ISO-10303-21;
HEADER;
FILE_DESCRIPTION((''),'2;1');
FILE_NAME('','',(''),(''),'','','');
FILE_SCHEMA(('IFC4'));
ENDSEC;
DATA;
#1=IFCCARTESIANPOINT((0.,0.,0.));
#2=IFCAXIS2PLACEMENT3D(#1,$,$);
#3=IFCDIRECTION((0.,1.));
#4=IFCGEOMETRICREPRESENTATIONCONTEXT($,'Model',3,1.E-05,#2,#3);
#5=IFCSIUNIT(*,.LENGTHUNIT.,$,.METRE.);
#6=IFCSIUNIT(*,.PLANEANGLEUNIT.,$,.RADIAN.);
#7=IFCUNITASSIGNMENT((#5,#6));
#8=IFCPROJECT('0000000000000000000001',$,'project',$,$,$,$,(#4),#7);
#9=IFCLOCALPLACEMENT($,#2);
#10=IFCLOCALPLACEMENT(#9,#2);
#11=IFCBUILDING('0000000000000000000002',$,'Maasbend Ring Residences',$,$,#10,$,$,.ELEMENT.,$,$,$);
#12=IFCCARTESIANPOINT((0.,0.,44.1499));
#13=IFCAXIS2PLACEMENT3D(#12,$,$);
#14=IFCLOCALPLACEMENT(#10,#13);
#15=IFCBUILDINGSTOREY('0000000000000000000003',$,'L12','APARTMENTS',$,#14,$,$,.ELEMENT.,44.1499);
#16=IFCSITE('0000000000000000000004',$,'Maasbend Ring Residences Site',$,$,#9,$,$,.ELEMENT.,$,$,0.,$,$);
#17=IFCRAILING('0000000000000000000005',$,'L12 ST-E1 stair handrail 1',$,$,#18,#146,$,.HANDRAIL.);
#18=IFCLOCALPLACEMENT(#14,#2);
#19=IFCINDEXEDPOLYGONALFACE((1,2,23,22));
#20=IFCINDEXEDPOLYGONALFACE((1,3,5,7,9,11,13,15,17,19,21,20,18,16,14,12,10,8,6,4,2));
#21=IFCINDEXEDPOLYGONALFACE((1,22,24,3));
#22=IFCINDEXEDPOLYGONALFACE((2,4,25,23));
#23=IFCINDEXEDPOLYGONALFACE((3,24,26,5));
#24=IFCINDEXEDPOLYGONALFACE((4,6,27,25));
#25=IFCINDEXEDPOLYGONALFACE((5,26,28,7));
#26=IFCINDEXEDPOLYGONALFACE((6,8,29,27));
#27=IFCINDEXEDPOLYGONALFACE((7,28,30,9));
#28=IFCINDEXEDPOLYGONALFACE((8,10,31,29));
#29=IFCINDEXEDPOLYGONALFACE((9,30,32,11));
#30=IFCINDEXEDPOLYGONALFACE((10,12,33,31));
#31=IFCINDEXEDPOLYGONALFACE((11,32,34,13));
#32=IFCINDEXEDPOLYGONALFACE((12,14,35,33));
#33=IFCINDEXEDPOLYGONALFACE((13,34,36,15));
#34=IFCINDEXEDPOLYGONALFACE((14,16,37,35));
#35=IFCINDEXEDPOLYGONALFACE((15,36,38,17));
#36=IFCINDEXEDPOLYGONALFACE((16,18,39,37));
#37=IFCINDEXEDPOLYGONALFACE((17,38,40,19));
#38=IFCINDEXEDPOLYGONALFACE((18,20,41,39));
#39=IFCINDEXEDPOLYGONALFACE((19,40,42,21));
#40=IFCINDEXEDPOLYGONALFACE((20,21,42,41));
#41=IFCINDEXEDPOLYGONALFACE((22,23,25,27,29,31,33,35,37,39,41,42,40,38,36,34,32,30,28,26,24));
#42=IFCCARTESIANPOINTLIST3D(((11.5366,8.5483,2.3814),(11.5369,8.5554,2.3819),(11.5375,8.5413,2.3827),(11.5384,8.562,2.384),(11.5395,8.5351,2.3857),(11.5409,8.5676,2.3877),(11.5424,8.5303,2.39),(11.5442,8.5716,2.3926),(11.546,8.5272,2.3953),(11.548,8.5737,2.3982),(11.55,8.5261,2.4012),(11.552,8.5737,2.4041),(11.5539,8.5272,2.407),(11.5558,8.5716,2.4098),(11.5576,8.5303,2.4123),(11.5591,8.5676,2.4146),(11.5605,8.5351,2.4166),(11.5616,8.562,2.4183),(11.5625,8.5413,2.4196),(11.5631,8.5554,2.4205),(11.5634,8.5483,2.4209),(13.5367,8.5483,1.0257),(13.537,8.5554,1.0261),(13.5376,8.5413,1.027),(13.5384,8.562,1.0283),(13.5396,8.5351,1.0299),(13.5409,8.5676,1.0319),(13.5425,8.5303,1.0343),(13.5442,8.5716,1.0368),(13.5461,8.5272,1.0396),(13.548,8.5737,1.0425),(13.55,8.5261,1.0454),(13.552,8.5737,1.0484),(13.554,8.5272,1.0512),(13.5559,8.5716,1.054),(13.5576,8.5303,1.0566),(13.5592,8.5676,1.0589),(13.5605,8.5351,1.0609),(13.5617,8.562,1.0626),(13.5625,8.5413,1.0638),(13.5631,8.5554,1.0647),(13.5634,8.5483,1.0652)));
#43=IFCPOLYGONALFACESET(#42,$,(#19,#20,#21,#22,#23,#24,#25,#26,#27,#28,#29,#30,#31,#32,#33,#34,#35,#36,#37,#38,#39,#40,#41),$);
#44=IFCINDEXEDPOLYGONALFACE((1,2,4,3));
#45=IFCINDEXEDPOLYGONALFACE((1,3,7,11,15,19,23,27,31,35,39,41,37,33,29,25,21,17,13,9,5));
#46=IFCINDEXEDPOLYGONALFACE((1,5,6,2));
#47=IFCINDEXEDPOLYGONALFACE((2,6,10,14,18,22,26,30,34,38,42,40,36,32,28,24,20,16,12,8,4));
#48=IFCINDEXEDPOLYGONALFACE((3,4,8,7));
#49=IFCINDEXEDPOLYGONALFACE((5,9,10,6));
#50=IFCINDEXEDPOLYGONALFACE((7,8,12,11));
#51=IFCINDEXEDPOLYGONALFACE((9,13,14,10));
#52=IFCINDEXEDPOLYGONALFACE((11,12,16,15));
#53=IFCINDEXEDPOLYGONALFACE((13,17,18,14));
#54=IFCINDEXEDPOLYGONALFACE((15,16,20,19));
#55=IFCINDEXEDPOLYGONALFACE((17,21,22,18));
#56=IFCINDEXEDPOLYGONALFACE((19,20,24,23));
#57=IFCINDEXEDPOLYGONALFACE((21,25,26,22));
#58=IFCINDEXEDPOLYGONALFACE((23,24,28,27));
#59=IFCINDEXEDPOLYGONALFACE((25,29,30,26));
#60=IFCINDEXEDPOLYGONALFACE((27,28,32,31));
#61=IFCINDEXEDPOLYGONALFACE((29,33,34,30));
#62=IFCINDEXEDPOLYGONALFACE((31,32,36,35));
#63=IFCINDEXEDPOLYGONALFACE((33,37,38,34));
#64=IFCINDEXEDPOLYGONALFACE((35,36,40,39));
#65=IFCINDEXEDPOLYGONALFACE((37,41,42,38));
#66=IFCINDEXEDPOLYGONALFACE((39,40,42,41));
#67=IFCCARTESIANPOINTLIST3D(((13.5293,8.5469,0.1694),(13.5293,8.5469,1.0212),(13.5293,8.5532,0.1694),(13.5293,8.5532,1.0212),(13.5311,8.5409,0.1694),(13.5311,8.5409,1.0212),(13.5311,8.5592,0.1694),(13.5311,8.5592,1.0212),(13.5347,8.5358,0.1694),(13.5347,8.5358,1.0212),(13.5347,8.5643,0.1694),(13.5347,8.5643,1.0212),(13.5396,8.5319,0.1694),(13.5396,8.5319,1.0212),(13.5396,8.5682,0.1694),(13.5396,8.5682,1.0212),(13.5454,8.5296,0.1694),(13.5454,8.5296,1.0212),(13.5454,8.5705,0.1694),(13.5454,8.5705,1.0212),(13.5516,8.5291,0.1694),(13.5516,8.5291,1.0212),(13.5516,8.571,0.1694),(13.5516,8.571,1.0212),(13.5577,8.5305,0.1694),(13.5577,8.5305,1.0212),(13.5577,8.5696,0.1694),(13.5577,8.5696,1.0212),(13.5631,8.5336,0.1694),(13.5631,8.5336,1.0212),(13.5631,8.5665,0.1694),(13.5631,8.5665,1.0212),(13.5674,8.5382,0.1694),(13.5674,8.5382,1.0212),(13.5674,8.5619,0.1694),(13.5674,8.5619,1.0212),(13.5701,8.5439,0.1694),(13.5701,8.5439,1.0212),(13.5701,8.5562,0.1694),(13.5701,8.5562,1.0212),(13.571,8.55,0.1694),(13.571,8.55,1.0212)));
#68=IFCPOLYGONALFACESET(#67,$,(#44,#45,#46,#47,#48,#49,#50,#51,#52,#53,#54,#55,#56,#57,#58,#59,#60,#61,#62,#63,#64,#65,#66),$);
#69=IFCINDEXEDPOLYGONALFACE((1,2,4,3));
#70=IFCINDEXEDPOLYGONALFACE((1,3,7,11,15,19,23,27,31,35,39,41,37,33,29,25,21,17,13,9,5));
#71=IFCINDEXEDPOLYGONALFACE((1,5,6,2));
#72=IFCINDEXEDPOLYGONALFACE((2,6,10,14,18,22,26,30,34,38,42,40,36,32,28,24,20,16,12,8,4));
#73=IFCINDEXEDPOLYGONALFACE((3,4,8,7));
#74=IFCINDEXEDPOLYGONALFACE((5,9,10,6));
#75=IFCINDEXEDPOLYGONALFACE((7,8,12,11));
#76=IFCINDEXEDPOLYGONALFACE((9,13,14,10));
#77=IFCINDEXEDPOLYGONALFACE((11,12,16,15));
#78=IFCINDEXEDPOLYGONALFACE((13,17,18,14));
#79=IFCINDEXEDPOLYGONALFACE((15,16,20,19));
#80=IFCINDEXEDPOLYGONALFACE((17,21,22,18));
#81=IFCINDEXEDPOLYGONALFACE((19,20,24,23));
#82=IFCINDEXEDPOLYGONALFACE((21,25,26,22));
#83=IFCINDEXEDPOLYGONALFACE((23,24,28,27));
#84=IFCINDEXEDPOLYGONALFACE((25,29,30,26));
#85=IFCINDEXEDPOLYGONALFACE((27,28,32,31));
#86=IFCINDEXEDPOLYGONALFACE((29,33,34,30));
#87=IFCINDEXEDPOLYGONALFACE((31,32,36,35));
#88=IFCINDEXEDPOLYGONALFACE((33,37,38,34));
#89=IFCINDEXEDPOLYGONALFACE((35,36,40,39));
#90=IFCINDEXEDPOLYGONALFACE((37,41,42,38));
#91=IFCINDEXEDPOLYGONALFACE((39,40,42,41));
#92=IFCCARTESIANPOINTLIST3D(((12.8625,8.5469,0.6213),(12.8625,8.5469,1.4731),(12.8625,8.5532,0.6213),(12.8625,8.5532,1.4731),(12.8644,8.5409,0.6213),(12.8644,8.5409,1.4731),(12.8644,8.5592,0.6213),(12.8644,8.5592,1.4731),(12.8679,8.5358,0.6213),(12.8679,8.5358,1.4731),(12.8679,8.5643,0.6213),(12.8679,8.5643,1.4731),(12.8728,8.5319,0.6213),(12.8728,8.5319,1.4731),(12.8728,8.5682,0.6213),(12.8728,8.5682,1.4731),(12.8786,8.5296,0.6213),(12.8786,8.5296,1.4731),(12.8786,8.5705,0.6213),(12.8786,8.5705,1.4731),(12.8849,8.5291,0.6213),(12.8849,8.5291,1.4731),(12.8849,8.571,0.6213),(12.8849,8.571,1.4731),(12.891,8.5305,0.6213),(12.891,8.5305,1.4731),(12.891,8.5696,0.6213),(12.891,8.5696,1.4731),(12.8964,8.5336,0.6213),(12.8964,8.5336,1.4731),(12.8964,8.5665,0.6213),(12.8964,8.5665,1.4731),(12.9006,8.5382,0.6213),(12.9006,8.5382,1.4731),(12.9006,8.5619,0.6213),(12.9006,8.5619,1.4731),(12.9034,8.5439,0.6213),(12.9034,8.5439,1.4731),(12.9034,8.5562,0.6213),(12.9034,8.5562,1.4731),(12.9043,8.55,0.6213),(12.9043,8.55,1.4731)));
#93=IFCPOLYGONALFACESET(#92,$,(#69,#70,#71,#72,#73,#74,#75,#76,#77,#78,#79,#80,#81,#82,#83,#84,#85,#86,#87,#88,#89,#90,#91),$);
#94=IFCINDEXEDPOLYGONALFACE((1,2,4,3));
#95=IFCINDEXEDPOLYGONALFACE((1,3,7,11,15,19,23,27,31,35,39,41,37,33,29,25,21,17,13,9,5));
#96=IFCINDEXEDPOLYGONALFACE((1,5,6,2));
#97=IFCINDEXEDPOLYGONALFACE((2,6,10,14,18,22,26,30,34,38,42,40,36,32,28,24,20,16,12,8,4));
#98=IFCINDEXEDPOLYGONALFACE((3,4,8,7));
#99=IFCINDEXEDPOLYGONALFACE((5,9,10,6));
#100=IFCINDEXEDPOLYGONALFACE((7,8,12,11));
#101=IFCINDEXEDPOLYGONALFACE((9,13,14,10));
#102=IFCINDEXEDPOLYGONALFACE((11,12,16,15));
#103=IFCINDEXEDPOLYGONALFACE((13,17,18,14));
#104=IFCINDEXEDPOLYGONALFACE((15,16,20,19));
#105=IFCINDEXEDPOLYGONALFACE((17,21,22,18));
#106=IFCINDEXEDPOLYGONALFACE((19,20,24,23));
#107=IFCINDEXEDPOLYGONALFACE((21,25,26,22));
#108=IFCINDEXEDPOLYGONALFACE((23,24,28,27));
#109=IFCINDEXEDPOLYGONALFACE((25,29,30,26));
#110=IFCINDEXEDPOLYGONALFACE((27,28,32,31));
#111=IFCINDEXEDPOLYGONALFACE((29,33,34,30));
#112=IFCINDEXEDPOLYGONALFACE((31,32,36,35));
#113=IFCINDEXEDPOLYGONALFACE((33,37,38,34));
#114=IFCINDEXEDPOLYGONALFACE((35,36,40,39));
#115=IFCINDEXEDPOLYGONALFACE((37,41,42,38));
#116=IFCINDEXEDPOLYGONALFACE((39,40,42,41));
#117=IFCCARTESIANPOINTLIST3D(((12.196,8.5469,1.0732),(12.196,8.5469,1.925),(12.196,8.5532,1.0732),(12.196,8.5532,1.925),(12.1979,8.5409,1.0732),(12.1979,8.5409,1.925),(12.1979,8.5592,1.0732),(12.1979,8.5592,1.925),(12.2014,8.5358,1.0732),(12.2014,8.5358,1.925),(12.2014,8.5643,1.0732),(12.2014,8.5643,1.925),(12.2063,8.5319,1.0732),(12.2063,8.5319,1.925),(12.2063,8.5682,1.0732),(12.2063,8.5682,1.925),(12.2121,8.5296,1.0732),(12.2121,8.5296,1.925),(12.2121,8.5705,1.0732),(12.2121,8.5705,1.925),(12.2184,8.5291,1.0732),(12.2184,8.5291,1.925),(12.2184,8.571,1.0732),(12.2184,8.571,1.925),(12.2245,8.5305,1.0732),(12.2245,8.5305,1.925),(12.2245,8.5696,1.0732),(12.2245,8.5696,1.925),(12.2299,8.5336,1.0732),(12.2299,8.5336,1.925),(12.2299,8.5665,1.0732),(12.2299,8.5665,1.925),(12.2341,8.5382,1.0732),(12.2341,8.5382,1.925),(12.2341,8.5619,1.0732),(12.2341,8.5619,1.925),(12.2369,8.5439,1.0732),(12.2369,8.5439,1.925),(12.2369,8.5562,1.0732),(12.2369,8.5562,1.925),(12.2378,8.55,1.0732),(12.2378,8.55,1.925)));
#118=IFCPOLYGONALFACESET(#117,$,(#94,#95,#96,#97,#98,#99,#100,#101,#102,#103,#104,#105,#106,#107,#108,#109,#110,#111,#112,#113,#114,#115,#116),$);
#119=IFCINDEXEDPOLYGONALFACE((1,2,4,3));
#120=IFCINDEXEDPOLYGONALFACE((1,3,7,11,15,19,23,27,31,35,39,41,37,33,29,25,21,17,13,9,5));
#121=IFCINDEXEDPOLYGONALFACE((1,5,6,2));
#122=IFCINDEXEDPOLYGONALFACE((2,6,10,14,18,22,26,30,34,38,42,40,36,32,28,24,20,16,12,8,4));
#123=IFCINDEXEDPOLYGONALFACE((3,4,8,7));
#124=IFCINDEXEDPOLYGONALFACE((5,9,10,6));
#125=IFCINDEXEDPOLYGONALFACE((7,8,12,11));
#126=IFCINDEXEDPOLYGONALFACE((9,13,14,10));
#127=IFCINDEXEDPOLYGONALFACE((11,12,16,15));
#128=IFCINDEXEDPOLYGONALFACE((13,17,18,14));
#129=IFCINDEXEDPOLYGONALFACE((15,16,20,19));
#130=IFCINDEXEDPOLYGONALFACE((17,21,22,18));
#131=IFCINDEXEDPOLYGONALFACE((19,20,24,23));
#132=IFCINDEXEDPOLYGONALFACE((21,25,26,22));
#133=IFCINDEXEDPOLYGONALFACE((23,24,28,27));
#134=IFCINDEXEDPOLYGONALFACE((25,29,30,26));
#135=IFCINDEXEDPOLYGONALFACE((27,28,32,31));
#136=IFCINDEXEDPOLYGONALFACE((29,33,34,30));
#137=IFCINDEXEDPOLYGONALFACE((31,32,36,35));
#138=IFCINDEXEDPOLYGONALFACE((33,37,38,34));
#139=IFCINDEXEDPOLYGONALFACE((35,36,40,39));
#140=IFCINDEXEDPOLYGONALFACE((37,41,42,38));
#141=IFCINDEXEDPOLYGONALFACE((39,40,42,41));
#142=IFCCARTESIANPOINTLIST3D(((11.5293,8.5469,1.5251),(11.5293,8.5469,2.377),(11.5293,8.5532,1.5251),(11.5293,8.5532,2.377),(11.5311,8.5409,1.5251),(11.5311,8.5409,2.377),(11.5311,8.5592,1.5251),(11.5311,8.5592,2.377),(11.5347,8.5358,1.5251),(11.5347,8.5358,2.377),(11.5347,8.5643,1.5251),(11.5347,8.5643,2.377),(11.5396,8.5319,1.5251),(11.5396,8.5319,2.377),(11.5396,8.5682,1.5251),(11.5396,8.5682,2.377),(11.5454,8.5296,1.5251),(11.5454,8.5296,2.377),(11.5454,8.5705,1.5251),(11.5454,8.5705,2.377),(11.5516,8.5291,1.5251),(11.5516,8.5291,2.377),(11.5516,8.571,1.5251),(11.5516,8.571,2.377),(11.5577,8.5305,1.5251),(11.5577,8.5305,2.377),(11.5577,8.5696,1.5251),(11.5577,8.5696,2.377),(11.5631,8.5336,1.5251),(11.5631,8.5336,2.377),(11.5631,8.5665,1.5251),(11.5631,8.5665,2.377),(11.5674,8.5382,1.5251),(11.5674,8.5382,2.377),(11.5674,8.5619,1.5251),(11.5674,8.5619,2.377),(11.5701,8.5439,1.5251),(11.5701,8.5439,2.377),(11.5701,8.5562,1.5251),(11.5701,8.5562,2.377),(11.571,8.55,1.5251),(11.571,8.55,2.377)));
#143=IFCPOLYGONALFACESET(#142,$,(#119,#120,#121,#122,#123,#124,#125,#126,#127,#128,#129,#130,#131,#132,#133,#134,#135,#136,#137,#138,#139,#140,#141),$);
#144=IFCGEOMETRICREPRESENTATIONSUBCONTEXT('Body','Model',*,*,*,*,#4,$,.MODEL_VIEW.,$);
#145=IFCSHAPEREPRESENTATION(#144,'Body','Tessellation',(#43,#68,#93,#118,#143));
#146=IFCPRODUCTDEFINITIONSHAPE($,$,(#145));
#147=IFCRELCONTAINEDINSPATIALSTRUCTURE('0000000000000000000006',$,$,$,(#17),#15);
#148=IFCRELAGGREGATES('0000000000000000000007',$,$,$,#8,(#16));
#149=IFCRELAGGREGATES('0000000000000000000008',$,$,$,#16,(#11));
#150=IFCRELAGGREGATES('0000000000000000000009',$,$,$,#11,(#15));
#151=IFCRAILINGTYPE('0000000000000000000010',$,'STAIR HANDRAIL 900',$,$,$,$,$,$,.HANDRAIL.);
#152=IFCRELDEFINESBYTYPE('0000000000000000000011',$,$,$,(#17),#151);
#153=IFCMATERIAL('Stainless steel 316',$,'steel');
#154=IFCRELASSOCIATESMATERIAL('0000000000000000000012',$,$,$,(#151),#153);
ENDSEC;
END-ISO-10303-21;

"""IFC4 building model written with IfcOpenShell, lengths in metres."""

from ifc_helpers import new_model, si_unit, direction, frame, origin, origin_2d, place, context, subcontext, project, spatial, circle, extrude, material, type_object, element, save


model = new_model("IFC4")

# Units and contexts
model_context = context("Model", 3, precision=1e-05, world=origin(), true_north=direction((0.0, 1.0)))
body_context = subcontext(model_context, "Body", "Model", "MODEL_VIEW")
ifc_project = project(units=[si_unit("LENGTHUNIT", "METRE"), si_unit("PLANEANGLEUNIT", "RADIAN")], contexts=[model_context])

# Site, building, storey
site_placement = place(None, origin())
site = spatial("IfcSite", under=ifc_project, at=site_placement, Name="Maasbend Ring Residences Site", CompositionType="ELEMENT", RefElevation=0.0)
building_placement = place(site_placement, origin())
building = spatial("IfcBuilding", under=site, at=building_placement, Name="Maasbend Ring Residences", CompositionType="ELEMENT")
storey_placement = place(building_placement, frame((0.0, 0.0, 44.1499)))
storey = spatial("IfcBuildingStorey", under=building, at=storey_placement, Name="L12", Description="APARTMENTS", CompositionType="ELEMENT", Elevation=44.1499)

# Railing
ifc_material_1 = material(Name="Stainless steel 316", Category="steel")
railing_type_1 = type_object("IfcRailingType", Name="STAIR HANDRAIL 900", PredefinedType="HANDRAIL", material=ifc_material_1)
railing_1_placement = place(storey_placement, frame((13.55, 8.55, 0.1694)))
element("IfcRailing", 1, at=railing_1_placement, inside=storey, type_object=railing_type_1, Name="L12 ST-E1 stair handrail 1", PredefinedType="HANDRAIL", context=body_context, shape_type="SweptSolid", body=[
    extrude(circle(Radius=0.0239, at=origin_2d()), frame((0.0, 0.0, 0.876), z_axis=(-0.827751, 0.0, 0.561096), x_axis=(0.0, -1.0, 0.0)), (0.0, 0.0, 1.0), 2.4163),
    extrude(circle(Radius=0.021, at=origin_2d()), origin(), (0.0, 0.0, 1.0), 0.8518),
    extrude(circle(Radius=0.021, at=origin_2d()), frame((-0.6667, 0.0, 0.4519)), (0.0, 0.0, 1.0), 0.8518),
    extrude(circle(Radius=0.021, at=origin_2d()), frame((-1.3333, 0.0, 0.9038)), (0.0, 0.0, 1.0), 0.8518),
    extrude(circle(Radius=0.021, at=origin_2d()), frame((-2.0, 0.0, 1.3557)), (0.0, 0.0, 1.0), 0.8518),
])

save(model, "model.ifc")
